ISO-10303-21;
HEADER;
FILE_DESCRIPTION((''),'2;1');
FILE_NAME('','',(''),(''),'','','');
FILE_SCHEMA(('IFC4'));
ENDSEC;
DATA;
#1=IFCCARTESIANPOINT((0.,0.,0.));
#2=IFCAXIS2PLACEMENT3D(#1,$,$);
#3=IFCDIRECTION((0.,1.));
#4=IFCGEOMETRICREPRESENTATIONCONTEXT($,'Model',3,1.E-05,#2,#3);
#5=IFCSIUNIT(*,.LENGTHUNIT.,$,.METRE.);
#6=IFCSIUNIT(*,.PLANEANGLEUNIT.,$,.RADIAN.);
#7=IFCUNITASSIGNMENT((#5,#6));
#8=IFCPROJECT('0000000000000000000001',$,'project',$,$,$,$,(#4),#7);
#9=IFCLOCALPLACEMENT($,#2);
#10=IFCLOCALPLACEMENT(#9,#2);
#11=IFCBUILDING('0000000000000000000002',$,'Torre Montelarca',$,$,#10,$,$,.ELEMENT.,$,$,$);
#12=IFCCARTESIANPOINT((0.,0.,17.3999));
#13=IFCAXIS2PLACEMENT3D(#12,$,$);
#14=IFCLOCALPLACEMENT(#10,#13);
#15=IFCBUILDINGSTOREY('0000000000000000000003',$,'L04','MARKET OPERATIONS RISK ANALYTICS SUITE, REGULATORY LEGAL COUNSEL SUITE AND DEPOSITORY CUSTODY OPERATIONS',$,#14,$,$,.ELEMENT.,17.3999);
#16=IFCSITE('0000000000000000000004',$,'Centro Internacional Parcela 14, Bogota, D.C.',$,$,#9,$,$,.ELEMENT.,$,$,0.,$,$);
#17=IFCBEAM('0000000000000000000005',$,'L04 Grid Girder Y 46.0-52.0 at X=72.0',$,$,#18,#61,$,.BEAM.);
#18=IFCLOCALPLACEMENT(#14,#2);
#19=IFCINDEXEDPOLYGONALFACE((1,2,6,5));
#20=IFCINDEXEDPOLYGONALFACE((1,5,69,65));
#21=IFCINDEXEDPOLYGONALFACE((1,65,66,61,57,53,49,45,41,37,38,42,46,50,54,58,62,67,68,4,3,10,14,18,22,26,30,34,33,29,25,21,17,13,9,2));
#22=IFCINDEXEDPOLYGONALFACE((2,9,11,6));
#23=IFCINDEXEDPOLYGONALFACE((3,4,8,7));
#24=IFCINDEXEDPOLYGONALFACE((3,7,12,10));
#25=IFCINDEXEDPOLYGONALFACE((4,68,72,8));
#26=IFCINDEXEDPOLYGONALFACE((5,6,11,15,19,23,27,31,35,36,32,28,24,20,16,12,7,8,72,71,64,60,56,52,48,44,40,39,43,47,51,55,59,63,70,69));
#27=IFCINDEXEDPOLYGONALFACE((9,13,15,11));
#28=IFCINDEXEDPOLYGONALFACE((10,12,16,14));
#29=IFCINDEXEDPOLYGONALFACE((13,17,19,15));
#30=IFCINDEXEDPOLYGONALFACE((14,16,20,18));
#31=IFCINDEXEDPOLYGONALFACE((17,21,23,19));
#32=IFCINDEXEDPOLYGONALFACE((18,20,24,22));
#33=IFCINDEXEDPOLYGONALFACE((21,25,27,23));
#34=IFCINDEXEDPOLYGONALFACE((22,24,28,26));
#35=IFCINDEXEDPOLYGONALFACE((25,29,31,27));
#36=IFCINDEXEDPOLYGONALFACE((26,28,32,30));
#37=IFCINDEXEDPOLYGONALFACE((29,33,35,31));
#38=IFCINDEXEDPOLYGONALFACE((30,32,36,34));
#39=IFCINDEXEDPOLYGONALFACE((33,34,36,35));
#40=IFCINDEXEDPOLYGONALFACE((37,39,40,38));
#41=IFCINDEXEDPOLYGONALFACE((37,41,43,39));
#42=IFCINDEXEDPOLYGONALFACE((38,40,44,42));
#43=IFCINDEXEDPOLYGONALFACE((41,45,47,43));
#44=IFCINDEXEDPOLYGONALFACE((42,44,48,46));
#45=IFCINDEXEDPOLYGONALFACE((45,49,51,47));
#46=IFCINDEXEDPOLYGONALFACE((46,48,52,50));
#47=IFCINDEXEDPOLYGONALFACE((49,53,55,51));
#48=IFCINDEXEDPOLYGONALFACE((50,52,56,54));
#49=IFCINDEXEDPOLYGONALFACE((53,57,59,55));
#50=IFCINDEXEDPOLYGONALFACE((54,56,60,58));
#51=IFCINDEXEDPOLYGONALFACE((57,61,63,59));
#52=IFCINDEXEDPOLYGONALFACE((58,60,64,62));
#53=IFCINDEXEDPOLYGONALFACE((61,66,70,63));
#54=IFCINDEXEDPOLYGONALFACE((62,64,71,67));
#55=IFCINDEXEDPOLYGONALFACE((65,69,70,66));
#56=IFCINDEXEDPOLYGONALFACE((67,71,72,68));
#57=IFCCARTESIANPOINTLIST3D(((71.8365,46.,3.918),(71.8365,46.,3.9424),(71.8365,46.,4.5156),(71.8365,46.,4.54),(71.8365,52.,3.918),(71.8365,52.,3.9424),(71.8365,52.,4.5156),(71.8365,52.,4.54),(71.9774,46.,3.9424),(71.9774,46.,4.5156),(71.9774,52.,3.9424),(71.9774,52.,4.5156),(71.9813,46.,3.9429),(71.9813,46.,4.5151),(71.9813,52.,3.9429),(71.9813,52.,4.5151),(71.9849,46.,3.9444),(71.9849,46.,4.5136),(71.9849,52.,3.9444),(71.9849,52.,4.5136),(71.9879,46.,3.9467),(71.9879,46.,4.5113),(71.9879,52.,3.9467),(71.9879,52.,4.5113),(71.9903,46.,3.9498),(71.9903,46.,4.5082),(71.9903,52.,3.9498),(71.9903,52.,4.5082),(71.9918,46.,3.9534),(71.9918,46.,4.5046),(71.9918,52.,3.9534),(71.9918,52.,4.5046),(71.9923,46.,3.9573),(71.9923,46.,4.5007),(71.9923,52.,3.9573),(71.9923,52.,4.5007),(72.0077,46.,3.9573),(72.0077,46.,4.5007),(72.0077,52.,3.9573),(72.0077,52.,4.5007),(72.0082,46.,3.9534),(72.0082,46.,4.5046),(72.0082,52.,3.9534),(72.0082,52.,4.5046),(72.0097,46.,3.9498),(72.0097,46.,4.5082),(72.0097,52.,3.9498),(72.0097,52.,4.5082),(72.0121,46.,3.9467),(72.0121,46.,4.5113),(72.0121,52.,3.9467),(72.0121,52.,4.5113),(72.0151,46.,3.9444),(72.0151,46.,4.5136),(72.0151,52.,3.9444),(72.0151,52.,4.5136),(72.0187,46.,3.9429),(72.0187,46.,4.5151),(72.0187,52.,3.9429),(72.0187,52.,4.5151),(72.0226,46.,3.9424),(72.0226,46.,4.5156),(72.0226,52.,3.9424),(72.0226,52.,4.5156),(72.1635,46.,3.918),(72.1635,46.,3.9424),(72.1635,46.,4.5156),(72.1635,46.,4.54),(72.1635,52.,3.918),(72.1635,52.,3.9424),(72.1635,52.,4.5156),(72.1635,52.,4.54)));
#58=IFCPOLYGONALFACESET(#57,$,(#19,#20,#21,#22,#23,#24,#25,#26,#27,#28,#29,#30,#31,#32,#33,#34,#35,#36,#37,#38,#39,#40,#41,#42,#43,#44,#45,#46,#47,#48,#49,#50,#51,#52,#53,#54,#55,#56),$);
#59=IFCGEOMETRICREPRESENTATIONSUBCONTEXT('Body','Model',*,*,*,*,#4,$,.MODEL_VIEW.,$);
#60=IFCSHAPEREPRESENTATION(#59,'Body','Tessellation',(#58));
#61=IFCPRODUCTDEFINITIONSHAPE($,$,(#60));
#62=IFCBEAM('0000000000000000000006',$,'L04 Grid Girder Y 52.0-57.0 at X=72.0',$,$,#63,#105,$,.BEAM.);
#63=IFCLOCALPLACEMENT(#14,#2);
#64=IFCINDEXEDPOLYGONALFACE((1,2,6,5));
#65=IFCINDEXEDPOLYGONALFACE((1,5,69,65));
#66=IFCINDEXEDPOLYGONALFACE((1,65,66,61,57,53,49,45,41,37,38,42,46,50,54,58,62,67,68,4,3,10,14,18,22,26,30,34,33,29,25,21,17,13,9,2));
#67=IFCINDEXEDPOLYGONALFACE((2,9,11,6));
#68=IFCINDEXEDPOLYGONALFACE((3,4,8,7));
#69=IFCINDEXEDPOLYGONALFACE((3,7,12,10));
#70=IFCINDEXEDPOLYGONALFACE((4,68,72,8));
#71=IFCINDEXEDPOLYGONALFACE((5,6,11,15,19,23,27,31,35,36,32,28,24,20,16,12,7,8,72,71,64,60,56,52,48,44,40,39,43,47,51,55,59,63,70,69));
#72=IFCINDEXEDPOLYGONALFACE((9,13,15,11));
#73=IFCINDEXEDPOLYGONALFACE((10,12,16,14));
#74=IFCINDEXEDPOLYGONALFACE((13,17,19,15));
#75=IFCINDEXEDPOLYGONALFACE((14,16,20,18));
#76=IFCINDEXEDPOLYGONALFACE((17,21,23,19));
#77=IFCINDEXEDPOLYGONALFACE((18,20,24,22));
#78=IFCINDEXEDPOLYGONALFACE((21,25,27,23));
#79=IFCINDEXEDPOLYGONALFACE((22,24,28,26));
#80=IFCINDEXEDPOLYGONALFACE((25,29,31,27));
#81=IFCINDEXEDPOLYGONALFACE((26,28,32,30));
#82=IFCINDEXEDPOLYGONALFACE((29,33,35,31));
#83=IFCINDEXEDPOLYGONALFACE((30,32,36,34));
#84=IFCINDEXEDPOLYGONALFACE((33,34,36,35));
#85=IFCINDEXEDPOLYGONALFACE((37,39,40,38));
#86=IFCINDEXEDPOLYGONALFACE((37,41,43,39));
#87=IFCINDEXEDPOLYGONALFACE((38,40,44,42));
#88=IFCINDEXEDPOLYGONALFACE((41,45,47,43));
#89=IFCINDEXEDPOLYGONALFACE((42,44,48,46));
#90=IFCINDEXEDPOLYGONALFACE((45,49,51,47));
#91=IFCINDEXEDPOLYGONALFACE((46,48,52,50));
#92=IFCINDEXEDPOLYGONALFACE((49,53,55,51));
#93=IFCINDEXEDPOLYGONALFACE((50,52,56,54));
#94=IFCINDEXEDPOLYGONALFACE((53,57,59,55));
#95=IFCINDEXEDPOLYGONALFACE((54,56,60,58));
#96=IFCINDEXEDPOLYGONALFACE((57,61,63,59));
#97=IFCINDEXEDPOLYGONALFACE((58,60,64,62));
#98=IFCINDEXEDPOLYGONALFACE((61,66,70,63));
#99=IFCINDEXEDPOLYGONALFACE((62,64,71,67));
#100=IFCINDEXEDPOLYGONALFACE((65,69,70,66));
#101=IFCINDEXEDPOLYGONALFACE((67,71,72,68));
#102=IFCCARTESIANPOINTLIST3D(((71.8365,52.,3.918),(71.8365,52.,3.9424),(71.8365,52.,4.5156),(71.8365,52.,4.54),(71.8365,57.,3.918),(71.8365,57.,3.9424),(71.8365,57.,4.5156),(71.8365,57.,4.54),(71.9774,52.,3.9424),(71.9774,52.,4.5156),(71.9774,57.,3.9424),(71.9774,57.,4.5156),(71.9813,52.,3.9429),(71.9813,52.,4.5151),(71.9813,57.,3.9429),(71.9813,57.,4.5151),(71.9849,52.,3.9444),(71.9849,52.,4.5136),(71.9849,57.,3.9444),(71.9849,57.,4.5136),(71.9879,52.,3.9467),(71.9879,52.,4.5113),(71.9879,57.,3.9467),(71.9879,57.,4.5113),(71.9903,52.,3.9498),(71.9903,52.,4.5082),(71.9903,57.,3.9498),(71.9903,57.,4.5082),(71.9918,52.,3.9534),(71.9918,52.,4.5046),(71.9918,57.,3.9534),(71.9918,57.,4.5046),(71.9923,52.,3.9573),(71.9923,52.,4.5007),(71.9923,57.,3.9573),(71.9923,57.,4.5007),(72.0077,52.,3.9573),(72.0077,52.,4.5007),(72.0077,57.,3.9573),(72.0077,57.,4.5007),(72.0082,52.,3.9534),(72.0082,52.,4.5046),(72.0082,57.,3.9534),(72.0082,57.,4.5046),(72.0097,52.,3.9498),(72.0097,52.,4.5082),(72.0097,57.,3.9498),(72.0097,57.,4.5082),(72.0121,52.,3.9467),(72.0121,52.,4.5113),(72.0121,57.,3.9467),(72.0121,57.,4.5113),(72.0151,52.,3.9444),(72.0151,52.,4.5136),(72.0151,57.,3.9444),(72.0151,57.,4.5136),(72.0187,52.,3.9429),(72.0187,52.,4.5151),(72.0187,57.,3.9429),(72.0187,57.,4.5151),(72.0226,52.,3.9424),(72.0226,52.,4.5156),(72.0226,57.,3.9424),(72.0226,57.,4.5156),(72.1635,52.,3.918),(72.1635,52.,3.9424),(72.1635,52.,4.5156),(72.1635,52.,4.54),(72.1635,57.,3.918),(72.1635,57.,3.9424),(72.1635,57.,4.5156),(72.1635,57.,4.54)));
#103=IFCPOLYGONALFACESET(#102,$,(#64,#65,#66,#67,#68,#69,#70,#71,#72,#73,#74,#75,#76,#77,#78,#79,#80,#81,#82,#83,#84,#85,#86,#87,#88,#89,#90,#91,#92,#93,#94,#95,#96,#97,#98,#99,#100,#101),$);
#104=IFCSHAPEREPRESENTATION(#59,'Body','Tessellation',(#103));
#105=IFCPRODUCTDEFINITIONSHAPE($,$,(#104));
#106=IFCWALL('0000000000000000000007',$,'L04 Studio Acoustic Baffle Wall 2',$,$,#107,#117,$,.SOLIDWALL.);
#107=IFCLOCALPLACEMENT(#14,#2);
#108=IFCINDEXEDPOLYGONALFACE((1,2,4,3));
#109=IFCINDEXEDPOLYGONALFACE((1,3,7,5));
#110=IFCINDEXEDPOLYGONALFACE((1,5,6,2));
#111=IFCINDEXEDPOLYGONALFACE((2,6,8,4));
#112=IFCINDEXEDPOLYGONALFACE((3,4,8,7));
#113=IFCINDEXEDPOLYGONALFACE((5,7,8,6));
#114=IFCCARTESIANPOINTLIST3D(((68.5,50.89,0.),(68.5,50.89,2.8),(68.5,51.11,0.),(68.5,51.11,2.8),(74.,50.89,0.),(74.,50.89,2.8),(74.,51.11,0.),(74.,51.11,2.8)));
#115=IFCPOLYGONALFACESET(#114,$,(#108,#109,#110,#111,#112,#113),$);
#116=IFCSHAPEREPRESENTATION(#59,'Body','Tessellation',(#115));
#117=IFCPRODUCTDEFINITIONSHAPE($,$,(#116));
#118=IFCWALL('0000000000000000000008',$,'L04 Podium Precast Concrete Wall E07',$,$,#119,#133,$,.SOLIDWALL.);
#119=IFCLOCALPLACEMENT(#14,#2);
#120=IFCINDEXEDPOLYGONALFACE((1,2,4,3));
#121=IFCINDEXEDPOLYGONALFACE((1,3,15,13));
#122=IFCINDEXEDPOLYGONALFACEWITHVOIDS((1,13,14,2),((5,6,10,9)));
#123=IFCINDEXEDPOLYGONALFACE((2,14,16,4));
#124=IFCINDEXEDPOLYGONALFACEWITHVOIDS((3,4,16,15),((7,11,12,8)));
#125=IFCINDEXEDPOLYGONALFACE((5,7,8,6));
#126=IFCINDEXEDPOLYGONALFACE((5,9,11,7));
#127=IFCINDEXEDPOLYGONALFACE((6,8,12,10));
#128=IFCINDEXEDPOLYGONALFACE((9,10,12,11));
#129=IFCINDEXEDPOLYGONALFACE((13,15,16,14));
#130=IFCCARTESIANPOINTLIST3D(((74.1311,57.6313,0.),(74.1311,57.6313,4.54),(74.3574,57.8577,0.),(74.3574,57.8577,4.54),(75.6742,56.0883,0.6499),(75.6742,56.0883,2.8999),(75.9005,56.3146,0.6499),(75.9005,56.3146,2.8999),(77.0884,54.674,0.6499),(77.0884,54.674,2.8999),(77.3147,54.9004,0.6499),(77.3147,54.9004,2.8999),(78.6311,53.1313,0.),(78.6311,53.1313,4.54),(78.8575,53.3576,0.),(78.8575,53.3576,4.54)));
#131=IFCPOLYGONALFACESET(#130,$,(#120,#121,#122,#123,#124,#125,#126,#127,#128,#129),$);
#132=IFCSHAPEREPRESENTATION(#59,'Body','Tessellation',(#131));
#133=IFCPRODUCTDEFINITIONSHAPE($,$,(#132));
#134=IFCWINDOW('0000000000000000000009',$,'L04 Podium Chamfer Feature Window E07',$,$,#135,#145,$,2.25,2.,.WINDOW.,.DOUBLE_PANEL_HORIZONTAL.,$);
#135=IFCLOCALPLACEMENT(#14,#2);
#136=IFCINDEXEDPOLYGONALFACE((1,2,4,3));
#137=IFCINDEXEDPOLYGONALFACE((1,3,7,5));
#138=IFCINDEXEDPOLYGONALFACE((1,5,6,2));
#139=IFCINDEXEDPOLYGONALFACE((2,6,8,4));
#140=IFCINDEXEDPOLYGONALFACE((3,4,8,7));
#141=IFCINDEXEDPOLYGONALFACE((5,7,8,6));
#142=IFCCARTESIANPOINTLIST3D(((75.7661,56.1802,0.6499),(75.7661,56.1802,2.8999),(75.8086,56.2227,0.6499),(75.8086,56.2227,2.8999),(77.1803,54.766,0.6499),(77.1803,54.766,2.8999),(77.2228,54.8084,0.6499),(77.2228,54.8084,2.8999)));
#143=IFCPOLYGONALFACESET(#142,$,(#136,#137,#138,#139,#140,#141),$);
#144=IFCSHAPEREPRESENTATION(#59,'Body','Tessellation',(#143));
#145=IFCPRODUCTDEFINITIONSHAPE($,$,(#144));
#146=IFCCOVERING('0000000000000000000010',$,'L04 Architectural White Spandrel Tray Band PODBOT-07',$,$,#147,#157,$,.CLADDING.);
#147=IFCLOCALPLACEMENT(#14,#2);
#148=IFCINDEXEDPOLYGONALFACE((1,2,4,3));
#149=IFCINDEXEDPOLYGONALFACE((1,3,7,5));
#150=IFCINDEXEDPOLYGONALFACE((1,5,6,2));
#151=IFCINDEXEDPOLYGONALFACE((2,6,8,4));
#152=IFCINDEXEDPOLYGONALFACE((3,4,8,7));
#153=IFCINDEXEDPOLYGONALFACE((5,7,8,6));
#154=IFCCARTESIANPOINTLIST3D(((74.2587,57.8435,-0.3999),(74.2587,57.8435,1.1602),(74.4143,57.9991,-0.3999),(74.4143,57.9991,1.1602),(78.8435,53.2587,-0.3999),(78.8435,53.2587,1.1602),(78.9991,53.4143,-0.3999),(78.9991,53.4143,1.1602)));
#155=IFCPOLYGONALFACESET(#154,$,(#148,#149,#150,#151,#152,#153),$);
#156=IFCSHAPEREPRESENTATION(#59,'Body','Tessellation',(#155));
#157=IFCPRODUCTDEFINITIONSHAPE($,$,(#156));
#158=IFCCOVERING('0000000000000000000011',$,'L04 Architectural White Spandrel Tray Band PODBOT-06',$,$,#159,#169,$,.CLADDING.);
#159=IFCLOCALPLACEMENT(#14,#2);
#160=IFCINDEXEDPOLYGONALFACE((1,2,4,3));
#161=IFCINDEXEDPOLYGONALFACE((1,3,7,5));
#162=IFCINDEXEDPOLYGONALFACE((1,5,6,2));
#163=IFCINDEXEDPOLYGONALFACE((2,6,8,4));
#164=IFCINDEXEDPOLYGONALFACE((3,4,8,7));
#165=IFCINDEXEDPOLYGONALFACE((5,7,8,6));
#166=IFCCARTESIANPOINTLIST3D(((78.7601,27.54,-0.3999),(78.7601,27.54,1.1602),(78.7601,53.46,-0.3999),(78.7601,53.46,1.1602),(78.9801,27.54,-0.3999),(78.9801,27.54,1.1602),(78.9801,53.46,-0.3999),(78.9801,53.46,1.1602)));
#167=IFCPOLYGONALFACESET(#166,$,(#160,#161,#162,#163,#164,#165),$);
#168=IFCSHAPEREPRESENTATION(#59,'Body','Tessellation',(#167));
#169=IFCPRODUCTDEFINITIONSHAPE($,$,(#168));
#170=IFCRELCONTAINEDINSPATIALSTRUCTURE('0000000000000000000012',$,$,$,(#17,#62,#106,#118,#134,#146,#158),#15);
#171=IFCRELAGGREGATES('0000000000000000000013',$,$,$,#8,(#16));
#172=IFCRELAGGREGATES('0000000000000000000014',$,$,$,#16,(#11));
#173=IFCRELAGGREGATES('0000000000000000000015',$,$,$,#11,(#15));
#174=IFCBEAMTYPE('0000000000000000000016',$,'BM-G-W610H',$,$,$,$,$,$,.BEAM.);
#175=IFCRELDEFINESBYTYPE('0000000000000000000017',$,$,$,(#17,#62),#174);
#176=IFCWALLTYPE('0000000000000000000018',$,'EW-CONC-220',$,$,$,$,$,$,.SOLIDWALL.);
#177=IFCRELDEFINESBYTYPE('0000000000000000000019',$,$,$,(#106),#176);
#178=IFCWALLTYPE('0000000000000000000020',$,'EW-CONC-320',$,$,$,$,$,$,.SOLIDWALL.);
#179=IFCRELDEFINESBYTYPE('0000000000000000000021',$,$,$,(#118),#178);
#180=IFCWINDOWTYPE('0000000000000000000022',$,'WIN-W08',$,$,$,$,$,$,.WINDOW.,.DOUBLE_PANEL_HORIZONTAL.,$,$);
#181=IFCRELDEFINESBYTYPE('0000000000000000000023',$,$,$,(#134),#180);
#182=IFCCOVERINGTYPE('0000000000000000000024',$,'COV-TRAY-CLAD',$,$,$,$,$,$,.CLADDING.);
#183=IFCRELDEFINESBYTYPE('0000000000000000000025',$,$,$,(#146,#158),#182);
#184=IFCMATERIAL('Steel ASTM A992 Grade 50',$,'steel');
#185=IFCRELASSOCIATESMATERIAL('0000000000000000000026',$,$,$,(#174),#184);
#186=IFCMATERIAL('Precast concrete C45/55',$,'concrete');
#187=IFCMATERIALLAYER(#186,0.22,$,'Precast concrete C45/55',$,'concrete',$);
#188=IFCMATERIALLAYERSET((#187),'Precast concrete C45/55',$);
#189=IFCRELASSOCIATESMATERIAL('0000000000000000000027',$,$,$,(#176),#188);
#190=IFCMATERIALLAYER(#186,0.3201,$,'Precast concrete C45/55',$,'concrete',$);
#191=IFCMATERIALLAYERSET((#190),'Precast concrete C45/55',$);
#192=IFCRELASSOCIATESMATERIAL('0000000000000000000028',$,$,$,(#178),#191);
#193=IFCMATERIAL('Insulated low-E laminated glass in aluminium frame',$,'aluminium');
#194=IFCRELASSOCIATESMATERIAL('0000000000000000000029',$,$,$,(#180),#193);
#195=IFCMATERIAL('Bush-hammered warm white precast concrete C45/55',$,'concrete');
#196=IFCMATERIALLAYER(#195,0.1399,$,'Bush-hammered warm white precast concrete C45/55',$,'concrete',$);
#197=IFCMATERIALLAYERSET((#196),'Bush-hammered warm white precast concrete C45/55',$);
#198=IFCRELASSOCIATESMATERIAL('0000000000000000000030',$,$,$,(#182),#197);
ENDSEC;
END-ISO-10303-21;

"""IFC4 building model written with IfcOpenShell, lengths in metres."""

from ifc_helpers import new_model, si_unit, direction, frame, frame_2d, origin, origin_2d, place, context, subcontext, project, spatial, rectangle, i_section, extrude, source, transform, mapped, material, layer, layer_set, material_profile, profile_set, type_object, element, fill, save


model = new_model("IFC4")

# Units and contexts
model_context = context("Model", 3, precision=1e-05, world=origin(), true_north=direction((0.0, 1.0)))
body_context = subcontext(model_context, "Body", "Model", "MODEL_VIEW")
ifc_project = project(units=[si_unit("LENGTHUNIT", "METRE"), si_unit("PLANEANGLEUNIT", "RADIAN")], contexts=[model_context])

# Site, building, storey
site_placement = place(None, origin())
site = spatial("IfcSite", under=ifc_project, at=site_placement, Name="Centro Internacional Parcela 14, Bogota, D.C.", CompositionType="ELEMENT", RefElevation=0.0)
building_placement = place(site_placement, origin())
building = spatial("IfcBuilding", under=site, at=building_placement, Name="Torre Montelarca", CompositionType="ELEMENT")
storey_placement = place(building_placement, frame((0.0, 0.0, 17.3999)))
storey = spatial("IfcBuildingStorey", under=building, at=storey_placement, Name="L04", Description="MARKET OPERATIONS RISK ANALYTICS SUITE, REGULATORY LEGAL COUNSEL SUITE AND DEPOSITORY CUSTODY OPERATIONS", CompositionType="ELEMENT", Elevation=17.3999)

# Shared definitions
ifc_material_1 = material(Name="Steel ASTM A992 Grade 50", Category="steel")

# Beams
ifc_material_profile_1 = material_profile(ifc_material_1, i_section(OverallWidth=0.3269, OverallDepth=0.6221, WebThickness=0.0154, FlangeThickness=0.0244, FilletRadius=0.0149, at=origin_2d()), Name="W610X195", Category="steel")
ifc_profile_set_1 = profile_set([ifc_material_profile_1], Name="Steel ASTM A992 Grade 50")
beam_type_1 = type_object("IfcBeamType", Name="BM-G-W610H", PredefinedType="BEAM", material=ifc_profile_set_1)
shared_shape_1 = source(origin(), body_context, "Body", "SweptSolid", [
    extrude(i_section(OverallWidth=0.3269, OverallDepth=0.6221, WebThickness=0.0154, FlangeThickness=0.0244, FilletRadius=0.0149, at=origin_2d()), origin(), (0.0, 0.0, 1.0), 6.0),
])
for number, where, z_axis, x_axis, name in (
    (1, (72.0, 46.0, 4.229), (0.0, 1.0, 0.0), (-1.0, 0.0, 0.0), "L04 Grid Girder Y 46.0-52.0 at X=72.0"),
):
    element("IfcBeam", number, at=place(storey_placement, frame(where, z_axis=z_axis, x_axis=x_axis)), inside=storey, type_object=beam_type_1, Name=name, PredefinedType="BEAM", context=body_context, shape_type="MappedRepresentation", body=[
        mapped(shared_shape_1, transform((0.0, 0.0, 0.0), scale=1.0)),
    ])
shared_shape_2 = source(origin(), body_context, "Body", "SweptSolid", [
    extrude(i_section(OverallWidth=0.3269, OverallDepth=0.6221, WebThickness=0.0154, FlangeThickness=0.0244, FilletRadius=0.0149, at=origin_2d()), origin(), (0.0, 0.0, 1.0), 5.0),
])
beam_placement = place(storey_placement, frame((72.0, 52.0, 4.229), z_axis=(0.0, 1.0, 0.0), x_axis=(-1.0, 0.0, 0.0)))
element("IfcBeam", 2, at=beam_placement, inside=storey, type_object=beam_type_1, Name="L04 Grid Girder Y 52.0-57.0 at X=72.0", PredefinedType="BEAM", context=body_context, shape_type="MappedRepresentation", body=[
    mapped(shared_shape_2, transform((0.0, 0.0, 0.0), scale=1.0)),
])

# Wall
ifc_material_2 = material(Name="Precast concrete C45/55", Category="concrete")
ifc_layer_1 = layer(ifc_material_2, 0.22, Name="Precast concrete C45/55", Category="concrete")
ifc_layer_set_1 = layer_set([ifc_layer_1], Name="Precast concrete C45/55")
wall_type_1 = type_object("IfcWallType", Name="EW-CONC-220", PredefinedType="SOLIDWALL", material=ifc_layer_set_1)
wall_1_placement = place(storey_placement, frame((68.5, 51.0, 0.0), z_axis=(0.0, 0.0, 1.0), x_axis=(1.0, 0.0, 0.0)))
element("IfcWall", 3, at=wall_1_placement, inside=storey, type_object=wall_type_1, Name="L04 Studio Acoustic Baffle Wall 2", PredefinedType="SOLIDWALL", context=body_context, shape_type="SweptSolid", body=[
    extrude(rectangle(XDim=5.5, YDim=0.22, at=frame_2d((2.75, 0.0))), origin(), (0.0, 0.0, 1.0), 2.8),
])

# Wall, opening, window
ifc_layer_2 = layer(ifc_material_2, 0.3201, Name="Precast concrete C45/55", Category="concrete")
ifc_layer_set_2 = layer_set([ifc_layer_2], Name="Precast concrete C45/55")
wall_type_2 = type_object("IfcWallType", Name="EW-CONC-320", PredefinedType="SOLIDWALL", material=ifc_layer_set_2)
wall_2_placement = place(storey_placement, frame((78.7444, 53.2444, 0.0), z_axis=(0.0, 0.0, 1.0), x_axis=(-0.707107, 0.707107, 0.0)))
wall_2 = element("IfcWall", 4, at=wall_2_placement, inside=storey, type_object=wall_type_2, Name="L04 Podium Precast Concrete Wall E07", PredefinedType="SOLIDWALL", context=body_context, shape_type="SweptSolid", body=[
    extrude(rectangle(XDim=6.364, YDim=0.3201, at=frame_2d((3.1821, 0.0))), origin(), (0.0, 0.0, 1.0), 4.54),
])
opening_placement = place(wall_2_placement, frame((2.1819, 0.0, 0.6499)))
opening = element("IfcOpeningElement", 5, at=opening_placement, cuts=wall_2, PredefinedType="OPENING", context=body_context, shape_type="SweptSolid", body=[
    extrude(rectangle(XDim=2.0, YDim=2.25, at=frame_2d((1.0, 1.125))), frame((0.0, 0.1699, 0.0), z_axis=(0.0, -1.0, 0.0), x_axis=(1.0, 0.0, 0.0)), (0.0, 0.0, 1.0), 0.3401),
])
ifc_material_3 = material(Name="Insulated low-E laminated glass in aluminium frame", Category="aluminium")
window_type = type_object("IfcWindowType", Name="WIN-W08", PartitioningType="DOUBLE_PANEL_HORIZONTAL", PredefinedType="WINDOW", material=ifc_material_3)
shared_shape_3 = source(origin(), body_context, "Body", "SweptSolid", [
    extrude(rectangle(XDim=2.0, YDim=2.25, at=frame_2d((1.0, 1.125))), frame((0.0, 0.03, 0.0), z_axis=(0.0, -1.0, 0.0), x_axis=(1.0, 0.0, 0.0)), (0.0, 0.0, 1.0), 0.0601),
])
window_placement = place(opening_placement, origin())
window = element("IfcWindow", 6, at=window_placement, inside=storey, type_object=window_type, Name="L04 Podium Chamfer Feature Window E07", OverallHeight=2.25, OverallWidth=2.0, PartitioningType="DOUBLE_PANEL_HORIZONTAL", PredefinedType="WINDOW", context=body_context, shape_type="MappedRepresentation", body=[
    mapped(shared_shape_3, transform((0.0, 0.0, 0.0), scale=1.0)),
])
fill(opening, window)

# Coverings
ifc_material_4 = material(Name="Bush-hammered warm white precast concrete C45/55", Category="concrete")
ifc_layer_3 = layer(ifc_material_4, 0.1399, Name="Bush-hammered warm white precast concrete C45/55", Category="concrete")
ifc_layer_set_3 = layer_set([ifc_layer_3], Name="Bush-hammered warm white precast concrete C45/55")
covering_type = type_object("IfcCoveringType", Name="COV-TRAY-CLAD", PredefinedType="CLADDING", material=ifc_layer_set_3)
shared_shape_4 = source(origin(), body_context, "Body", "SweptSolid", [
    extrude(rectangle(XDim=6.4839, YDim=0.22, at=origin_2d()), origin(), (0.0, 0.0, 1.0), 1.5601),
])
covering_1_placement = place(storey_placement, frame((76.6289, 55.6289, -0.3999), z_axis=(0.0, 0.0, 1.0), x_axis=(-0.707107, 0.707107, 0.0)))
element("IfcCovering", 7, at=covering_1_placement, inside=storey, type_object=covering_type, Name="L04 Architectural White Spandrel Tray Band PODBOT-07", PredefinedType="CLADDING", context=body_context, shape_type="MappedRepresentation", body=[
    mapped(shared_shape_4, transform((0.0, 0.0, 0.0), scale=1.0)),
])
shared_shape_5 = source(origin(), body_context, "Body", "SweptSolid", [
    extrude(rectangle(XDim=25.9199, YDim=0.22, at=origin_2d()), origin(), (0.0, 0.0, 1.0), 1.5601),
])
covering_2_placement = place(storey_placement, frame((78.8701, 40.5, -0.3999), z_axis=(0.0, 0.0, 1.0), x_axis=(0.0, 1.0, 0.0)))
element("IfcCovering", 8, at=covering_2_placement, inside=storey, type_object=covering_type, Name="L04 Architectural White Spandrel Tray Band PODBOT-06", PredefinedType="CLADDING", context=body_context, shape_type="MappedRepresentation", body=[
    mapped(shared_shape_5, transform((0.0, 0.0, 0.0), scale=1.0)),
])

save(model, "model.ifc")
